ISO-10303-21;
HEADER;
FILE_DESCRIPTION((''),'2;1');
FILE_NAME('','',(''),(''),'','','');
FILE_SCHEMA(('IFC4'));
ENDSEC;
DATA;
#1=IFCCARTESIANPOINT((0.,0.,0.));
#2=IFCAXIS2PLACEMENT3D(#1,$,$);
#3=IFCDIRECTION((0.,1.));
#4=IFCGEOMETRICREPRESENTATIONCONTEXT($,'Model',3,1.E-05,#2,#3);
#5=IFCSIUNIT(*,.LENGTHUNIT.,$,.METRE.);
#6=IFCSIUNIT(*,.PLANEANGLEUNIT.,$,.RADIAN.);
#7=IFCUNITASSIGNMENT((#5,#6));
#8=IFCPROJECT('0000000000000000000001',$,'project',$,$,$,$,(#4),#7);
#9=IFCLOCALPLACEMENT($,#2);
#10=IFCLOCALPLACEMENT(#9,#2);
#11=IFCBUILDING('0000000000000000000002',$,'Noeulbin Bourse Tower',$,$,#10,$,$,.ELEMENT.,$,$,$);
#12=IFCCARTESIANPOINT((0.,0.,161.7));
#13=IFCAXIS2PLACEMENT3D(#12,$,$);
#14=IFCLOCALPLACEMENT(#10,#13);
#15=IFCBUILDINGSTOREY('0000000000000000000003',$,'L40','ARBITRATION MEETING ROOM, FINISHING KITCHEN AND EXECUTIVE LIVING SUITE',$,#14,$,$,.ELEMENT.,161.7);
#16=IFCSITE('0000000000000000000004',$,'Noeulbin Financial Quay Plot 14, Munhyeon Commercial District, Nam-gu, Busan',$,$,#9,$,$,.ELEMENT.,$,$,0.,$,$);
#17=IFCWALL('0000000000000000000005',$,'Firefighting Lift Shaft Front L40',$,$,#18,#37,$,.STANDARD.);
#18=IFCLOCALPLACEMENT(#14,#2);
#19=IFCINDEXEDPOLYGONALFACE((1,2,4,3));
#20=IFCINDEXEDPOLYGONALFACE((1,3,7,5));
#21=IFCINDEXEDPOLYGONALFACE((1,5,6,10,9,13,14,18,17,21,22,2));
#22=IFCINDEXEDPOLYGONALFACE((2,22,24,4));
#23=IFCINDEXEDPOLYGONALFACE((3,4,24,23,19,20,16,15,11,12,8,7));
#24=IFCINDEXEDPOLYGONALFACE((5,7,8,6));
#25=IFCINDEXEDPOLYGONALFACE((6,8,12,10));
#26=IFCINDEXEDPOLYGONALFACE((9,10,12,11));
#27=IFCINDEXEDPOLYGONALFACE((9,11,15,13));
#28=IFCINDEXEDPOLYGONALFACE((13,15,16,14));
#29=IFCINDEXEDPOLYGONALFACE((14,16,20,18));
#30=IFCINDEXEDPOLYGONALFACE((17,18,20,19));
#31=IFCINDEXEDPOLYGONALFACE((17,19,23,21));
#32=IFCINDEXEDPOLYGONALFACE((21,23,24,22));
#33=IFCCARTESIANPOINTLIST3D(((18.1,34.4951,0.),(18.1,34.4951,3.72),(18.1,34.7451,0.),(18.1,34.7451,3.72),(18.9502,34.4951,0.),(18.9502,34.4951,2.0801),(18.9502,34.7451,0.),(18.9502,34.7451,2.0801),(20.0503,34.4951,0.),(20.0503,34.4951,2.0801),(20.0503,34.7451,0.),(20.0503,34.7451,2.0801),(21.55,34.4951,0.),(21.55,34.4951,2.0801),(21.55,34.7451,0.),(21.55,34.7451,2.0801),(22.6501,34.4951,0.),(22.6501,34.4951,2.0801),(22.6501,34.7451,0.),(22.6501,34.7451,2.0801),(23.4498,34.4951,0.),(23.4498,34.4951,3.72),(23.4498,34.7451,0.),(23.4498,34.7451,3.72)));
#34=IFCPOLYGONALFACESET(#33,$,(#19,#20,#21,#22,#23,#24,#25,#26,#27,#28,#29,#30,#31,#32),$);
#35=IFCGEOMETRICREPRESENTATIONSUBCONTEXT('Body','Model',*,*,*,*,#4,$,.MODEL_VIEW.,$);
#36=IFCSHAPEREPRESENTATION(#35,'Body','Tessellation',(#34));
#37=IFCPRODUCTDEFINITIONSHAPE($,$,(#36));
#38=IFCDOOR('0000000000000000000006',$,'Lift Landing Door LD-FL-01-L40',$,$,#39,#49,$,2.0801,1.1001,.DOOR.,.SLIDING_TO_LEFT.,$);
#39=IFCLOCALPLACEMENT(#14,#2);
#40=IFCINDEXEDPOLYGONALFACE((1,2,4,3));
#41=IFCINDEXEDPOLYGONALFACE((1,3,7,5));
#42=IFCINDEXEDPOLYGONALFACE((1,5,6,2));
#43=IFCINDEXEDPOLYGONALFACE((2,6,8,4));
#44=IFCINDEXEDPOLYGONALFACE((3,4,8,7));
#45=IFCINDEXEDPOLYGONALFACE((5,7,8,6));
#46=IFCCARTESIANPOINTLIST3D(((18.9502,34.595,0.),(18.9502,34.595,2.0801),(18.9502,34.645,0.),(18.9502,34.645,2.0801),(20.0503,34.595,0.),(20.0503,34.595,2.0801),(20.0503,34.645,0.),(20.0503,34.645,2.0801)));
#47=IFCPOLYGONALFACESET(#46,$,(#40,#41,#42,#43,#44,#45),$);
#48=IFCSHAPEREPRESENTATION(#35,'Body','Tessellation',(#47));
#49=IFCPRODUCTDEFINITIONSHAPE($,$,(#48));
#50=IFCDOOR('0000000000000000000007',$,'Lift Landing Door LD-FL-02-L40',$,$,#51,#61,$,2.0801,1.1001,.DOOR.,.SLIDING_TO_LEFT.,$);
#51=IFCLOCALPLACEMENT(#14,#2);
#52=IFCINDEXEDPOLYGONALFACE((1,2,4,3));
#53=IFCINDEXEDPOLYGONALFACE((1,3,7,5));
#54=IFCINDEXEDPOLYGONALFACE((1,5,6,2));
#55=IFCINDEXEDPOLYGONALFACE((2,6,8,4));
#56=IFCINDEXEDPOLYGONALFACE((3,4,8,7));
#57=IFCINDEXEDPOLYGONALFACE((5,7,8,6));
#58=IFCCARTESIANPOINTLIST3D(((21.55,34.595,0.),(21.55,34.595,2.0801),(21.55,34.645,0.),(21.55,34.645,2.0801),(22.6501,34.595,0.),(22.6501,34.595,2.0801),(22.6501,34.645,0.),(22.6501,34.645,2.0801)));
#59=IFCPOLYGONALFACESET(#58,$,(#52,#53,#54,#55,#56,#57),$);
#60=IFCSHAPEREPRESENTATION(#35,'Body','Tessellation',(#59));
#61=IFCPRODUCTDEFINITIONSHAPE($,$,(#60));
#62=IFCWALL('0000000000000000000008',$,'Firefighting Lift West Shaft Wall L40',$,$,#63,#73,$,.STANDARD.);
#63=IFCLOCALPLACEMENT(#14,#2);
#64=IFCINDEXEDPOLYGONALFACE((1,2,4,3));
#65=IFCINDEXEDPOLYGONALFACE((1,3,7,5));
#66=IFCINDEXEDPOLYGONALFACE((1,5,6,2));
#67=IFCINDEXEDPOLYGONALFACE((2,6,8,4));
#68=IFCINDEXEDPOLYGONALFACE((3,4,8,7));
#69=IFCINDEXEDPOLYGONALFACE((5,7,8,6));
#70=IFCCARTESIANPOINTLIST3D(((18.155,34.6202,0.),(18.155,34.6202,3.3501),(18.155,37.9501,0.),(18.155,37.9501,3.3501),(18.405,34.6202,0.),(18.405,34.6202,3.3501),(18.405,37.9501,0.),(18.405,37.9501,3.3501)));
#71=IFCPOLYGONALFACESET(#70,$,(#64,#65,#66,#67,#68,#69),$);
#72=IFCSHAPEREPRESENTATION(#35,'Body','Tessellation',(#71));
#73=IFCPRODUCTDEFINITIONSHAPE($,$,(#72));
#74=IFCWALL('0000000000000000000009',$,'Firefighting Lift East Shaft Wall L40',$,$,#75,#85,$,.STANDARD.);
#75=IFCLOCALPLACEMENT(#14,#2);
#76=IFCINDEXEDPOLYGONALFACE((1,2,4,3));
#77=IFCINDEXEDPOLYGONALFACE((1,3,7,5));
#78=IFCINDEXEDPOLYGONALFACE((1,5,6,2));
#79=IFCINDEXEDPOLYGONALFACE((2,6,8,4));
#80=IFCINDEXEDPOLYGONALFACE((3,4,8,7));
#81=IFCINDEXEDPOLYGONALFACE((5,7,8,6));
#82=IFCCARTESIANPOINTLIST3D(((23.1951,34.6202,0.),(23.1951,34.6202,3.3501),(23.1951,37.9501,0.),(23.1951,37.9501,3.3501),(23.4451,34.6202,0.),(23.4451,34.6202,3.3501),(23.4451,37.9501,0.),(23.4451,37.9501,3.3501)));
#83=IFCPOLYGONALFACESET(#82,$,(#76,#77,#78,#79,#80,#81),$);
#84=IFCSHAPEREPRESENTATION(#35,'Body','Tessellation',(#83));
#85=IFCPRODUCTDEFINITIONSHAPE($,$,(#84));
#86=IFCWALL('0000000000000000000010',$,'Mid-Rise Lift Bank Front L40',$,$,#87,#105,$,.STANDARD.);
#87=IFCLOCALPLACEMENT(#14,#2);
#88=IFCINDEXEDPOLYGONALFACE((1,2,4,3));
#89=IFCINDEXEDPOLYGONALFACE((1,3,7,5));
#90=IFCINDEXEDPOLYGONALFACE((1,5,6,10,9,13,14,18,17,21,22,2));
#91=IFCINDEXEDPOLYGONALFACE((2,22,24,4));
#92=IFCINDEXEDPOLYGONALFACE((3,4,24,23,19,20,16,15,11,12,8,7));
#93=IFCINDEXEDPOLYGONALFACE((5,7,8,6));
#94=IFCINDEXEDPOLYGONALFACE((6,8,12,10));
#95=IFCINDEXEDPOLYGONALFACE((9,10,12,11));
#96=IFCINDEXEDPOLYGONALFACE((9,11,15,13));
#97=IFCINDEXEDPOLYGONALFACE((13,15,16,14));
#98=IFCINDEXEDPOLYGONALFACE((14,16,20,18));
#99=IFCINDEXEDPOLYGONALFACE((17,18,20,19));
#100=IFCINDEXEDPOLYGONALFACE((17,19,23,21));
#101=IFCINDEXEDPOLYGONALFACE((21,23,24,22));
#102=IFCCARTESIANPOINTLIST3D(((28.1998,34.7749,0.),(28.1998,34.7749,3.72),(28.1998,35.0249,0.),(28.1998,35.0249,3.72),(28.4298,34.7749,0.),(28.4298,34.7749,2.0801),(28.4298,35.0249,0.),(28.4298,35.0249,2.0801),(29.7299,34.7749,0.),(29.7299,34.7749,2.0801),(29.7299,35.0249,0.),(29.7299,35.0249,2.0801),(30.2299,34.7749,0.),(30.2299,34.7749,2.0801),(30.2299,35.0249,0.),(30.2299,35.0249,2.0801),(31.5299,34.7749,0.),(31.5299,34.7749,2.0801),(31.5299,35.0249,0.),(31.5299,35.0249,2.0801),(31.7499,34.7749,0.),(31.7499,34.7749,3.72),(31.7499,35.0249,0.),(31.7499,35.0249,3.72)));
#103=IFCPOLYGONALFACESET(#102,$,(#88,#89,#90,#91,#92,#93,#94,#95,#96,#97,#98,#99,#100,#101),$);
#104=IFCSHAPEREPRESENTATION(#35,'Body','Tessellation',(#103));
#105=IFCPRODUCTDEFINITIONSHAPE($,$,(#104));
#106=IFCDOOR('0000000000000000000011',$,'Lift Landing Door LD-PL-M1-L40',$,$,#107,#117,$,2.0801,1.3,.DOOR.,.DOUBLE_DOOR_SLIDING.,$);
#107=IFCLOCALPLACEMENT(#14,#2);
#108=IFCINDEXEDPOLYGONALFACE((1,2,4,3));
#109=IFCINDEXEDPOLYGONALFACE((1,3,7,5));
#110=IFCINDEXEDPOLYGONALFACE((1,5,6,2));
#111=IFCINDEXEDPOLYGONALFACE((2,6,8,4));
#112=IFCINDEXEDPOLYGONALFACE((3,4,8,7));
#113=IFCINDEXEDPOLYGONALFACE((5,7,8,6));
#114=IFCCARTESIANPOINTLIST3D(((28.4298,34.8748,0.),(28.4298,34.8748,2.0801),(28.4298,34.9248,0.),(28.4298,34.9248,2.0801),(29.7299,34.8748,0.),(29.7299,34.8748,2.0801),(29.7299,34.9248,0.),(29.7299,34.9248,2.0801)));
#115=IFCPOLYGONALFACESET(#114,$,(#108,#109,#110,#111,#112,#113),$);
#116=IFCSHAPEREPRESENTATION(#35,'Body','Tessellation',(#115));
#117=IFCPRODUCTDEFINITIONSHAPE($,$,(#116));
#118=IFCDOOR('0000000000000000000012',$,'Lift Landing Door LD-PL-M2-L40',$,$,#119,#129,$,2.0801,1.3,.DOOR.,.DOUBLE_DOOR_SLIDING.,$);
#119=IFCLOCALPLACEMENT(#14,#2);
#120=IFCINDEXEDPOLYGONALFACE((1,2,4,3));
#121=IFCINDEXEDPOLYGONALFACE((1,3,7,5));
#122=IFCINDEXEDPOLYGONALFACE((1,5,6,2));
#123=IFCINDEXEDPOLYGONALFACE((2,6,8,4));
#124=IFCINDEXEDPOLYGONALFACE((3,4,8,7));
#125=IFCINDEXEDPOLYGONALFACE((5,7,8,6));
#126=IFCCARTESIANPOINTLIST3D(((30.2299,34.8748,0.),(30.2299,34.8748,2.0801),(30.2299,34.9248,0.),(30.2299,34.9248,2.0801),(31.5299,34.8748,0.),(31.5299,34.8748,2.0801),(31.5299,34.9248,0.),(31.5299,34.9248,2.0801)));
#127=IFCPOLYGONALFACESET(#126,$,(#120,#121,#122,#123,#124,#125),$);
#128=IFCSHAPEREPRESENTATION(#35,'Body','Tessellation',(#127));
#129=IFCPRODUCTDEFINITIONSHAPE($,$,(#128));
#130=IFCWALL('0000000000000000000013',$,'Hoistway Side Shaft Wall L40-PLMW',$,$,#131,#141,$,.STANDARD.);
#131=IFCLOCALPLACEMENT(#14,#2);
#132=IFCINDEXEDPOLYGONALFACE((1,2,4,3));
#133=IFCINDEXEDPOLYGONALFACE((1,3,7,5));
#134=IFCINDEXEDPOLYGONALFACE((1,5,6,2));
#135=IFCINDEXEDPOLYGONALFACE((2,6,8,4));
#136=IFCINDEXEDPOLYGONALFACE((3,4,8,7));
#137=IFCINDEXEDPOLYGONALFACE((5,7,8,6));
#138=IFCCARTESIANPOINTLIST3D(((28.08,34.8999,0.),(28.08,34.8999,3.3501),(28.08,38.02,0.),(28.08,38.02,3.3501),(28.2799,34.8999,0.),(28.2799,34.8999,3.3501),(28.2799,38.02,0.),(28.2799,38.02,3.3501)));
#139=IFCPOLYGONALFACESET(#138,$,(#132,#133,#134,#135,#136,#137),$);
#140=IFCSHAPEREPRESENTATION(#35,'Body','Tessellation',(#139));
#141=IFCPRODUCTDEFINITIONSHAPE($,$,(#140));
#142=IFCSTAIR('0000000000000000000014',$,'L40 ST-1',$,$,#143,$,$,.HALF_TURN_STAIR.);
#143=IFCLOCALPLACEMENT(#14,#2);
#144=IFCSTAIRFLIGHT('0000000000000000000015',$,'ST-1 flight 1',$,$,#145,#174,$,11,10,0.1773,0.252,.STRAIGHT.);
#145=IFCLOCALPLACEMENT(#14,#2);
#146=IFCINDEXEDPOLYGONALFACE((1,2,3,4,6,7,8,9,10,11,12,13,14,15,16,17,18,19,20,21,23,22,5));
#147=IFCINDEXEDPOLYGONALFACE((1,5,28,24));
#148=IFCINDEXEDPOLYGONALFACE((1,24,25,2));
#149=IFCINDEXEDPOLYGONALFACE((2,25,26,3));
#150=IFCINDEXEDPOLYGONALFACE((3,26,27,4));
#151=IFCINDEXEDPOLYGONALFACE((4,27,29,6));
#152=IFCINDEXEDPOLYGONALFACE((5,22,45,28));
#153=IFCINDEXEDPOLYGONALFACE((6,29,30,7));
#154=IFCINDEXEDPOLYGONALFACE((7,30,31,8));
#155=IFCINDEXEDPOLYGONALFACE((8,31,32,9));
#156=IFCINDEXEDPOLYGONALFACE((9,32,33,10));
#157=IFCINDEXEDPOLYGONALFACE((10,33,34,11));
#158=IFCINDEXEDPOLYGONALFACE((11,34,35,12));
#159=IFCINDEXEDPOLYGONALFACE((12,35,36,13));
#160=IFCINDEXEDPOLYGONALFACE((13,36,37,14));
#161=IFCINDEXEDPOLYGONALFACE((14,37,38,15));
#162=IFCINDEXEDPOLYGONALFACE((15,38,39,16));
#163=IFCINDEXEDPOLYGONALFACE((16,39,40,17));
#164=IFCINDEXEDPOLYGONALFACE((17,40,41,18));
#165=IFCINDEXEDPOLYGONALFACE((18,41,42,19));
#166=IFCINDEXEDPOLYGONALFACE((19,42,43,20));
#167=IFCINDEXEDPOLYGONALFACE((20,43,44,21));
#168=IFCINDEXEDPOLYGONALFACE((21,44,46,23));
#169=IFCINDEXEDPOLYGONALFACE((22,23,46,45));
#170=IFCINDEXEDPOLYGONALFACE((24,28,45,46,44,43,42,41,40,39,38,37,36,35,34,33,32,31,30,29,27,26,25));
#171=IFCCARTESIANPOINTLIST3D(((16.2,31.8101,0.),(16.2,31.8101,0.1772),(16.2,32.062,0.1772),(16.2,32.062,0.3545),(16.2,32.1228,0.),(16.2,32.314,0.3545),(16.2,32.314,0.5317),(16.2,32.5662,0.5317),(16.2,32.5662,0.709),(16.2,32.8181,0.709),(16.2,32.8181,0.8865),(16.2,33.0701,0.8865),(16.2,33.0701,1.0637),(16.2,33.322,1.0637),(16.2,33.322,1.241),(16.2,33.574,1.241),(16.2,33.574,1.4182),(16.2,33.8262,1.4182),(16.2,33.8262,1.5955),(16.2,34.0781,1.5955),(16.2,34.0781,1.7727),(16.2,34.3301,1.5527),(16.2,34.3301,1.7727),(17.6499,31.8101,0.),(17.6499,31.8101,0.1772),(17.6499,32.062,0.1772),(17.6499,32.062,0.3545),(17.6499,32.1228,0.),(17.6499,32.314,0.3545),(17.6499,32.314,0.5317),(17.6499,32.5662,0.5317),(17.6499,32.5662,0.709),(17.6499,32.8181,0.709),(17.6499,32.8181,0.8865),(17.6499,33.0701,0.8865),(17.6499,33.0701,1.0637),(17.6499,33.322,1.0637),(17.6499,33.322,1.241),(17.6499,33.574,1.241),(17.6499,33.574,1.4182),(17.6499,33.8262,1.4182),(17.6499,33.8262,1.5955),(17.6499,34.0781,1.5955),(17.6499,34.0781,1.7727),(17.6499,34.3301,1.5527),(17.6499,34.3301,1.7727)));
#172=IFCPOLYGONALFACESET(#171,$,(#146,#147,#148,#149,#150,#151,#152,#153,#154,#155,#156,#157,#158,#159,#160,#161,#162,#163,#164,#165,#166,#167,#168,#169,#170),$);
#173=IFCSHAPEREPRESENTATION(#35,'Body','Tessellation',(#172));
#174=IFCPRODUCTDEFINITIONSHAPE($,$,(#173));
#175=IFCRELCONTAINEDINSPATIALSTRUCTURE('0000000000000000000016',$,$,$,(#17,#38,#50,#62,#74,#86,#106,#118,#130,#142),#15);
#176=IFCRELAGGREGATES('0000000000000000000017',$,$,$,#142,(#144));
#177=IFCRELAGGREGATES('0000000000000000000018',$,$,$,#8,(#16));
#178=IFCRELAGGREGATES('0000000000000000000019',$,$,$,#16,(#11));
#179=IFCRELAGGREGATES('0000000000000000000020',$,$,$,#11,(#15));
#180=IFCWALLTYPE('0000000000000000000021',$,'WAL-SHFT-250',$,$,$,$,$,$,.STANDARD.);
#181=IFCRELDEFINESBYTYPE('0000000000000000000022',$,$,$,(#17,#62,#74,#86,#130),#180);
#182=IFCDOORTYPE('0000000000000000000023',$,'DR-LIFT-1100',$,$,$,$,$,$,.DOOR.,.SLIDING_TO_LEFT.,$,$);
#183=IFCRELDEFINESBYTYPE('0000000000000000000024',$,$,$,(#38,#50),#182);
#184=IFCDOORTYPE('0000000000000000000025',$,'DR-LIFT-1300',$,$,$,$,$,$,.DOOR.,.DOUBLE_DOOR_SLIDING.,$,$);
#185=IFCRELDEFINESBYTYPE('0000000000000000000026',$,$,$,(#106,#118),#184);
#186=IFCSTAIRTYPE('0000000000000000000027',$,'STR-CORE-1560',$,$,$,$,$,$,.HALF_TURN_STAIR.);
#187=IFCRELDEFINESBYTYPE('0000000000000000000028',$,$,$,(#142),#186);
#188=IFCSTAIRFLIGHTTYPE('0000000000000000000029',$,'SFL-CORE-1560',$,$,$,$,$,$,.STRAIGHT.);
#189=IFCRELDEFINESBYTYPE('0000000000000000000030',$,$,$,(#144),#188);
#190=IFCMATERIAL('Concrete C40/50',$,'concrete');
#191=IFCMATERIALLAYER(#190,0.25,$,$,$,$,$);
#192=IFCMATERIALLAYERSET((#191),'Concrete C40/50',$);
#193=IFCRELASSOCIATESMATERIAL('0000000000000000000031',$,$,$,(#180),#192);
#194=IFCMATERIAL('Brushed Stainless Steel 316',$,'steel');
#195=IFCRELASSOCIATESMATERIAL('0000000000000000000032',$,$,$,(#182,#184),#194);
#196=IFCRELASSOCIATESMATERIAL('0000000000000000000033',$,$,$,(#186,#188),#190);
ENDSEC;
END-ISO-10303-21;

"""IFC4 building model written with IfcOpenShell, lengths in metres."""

from ifc_helpers import new_model, si_unit, direction, frame, frame_2d, origin, place, context, subcontext, project, spatial, polyline, rectangle, outline, extrude, material, layer, layer_set, type_object, element, fill, aggregate, save


model = new_model("IFC4")

# Units and contexts
model_context = context("Model", 3, precision=1e-05, world=origin(), true_north=direction((0.0, 1.0)))
body_context = subcontext(model_context, "Body", "Model", "MODEL_VIEW")
ifc_project = project(units=[si_unit("LENGTHUNIT", "METRE"), si_unit("PLANEANGLEUNIT", "RADIAN")], contexts=[model_context])

# Site, building, storey
site_placement = place(None, origin())
site = spatial("IfcSite", under=ifc_project, at=site_placement, Name="Noeulbin Financial Quay Plot 14, Munhyeon Commercial District, Nam-gu, Busan", CompositionType="ELEMENT", RefElevation=0.0)
building_placement = place(site_placement, origin())
building = spatial("IfcBuilding", under=site, at=building_placement, Name="Noeulbin Bourse Tower", CompositionType="ELEMENT")
storey_placement = place(building_placement, frame((0.0, 0.0, 161.7)))
storey = spatial("IfcBuildingStorey", under=building, at=storey_placement, Name="L40", Description="ARBITRATION MEETING ROOM, FINISHING KITCHEN AND EXECUTIVE LIVING SUITE", CompositionType="ELEMENT", Elevation=161.7)

# Shared definitions
ifc_material_1 = material(Name="Concrete C40/50", Category="concrete")

# Shared definitions
ifc_layer_1 = layer(ifc_material_1, 0.25)
ifc_layer_set_1 = layer_set([ifc_layer_1], Name="Concrete C40/50")
wall_type_1 = type_object("IfcWallType", Name="WAL-SHFT-250", PredefinedType="STANDARD", material=ifc_layer_set_1)

# Wall, openings, doors
wall_1_placement = place(storey_placement, frame((18.1001, 34.6201, 0.0), z_axis=(0.0, 0.0, 1.0), x_axis=(1.0, 0.0, 0.0)))
wall_1 = element("IfcWall", 1, at=wall_1_placement, inside=storey, type_object=wall_type_1, Name="Firefighting Lift Shaft Front L40", PredefinedType="STANDARD", context=body_context, shape_type="SweptSolid", body=[
    extrude(rectangle(XDim=5.3499, YDim=0.25, at=frame_2d((2.6748, 0.0))), origin(), (0.0, 0.0, 1.0), 3.72),
])
opening_1_placement = place(wall_1_placement, frame((0.8501, 0.0, 0.0)))
opening_1 = element("IfcOpeningElement", 2, at=opening_1_placement, cuts=wall_1, PredefinedType="OPENING", context=body_context, shape_type="SweptSolid", body=[
    extrude(rectangle(XDim=1.1001, YDim=2.0801, at=frame_2d((0.55, 1.04))), frame((0.0, 0.135, 0.0), z_axis=(0.0, -1.0, 0.0), x_axis=(1.0, 0.0, 0.0)), (0.0, 0.0, 1.0), 0.27),
])
opening_2_placement = place(wall_1_placement, frame((3.45, 0.0, 0.0)))
opening_2 = element("IfcOpeningElement", 3, at=opening_2_placement, cuts=wall_1, PredefinedType="OPENING", context=body_context, shape_type="SweptSolid", body=[
    extrude(rectangle(XDim=1.1001, YDim=2.0801, at=frame_2d((0.55, 1.04))), frame((0.0, 0.135, 0.0), z_axis=(0.0, -1.0, 0.0), x_axis=(1.0, 0.0, 0.0)), (0.0, 0.0, 1.0), 0.27),
])
ifc_material_2 = material(Name="Brushed Stainless Steel 316", Category="steel")
door_type_1 = type_object("IfcDoorType", Name="DR-LIFT-1100", OperationType="SLIDING_TO_LEFT", PredefinedType="DOOR", material=ifc_material_2)
door_1_placement = place(opening_1_placement, origin())
door_1 = element("IfcDoor", 4, at=door_1_placement, inside=storey, type_object=door_type_1, Name="Lift Landing Door LD-FL-01-L40", OperationType="SLIDING_TO_LEFT", OverallHeight=2.0801, OverallWidth=1.1001, PredefinedType="DOOR", context=body_context, shape_type="SweptSolid", body=[
    extrude(rectangle(XDim=1.1001, YDim=2.0801, at=frame_2d((0.55, 1.04))), frame((0.0, 0.0249, 0.0), z_axis=(0.0, -1.0, 0.0), x_axis=(1.0, 0.0, 0.0)), (0.0, 0.0, 1.0), 0.05),
])
fill(opening_1, door_1)
door_2_placement = place(opening_2_placement, origin())
door_2 = element("IfcDoor", 5, at=door_2_placement, inside=storey, type_object=door_type_1, Name="Lift Landing Door LD-FL-02-L40", OperationType="SLIDING_TO_LEFT", OverallHeight=2.0801, OverallWidth=1.1001, PredefinedType="DOOR", context=body_context, shape_type="SweptSolid", body=[
    extrude(rectangle(XDim=1.1001, YDim=2.0801, at=frame_2d((0.55, 1.04))), frame((0.0, 0.0249, 0.0), z_axis=(0.0, -1.0, 0.0), x_axis=(1.0, 0.0, 0.0)), (0.0, 0.0, 1.0), 0.05),
])
fill(opening_2, door_2)

# Walls
for number, where, z_axis, x_axis, name in (
    (6, (18.28, 34.6201, 0.0), (0.0, 0.0, 1.0), (0.0, 1.0, 0.0), "Firefighting Lift West Shaft Wall L40"),
    (7, (23.3201, 34.6201, 0.0), (0.0, 0.0, 1.0), (0.0, 1.0, 0.0), "Firefighting Lift East Shaft Wall L40"),
):
    element("IfcWall", number, at=place(storey_placement, frame(where, z_axis=z_axis, x_axis=x_axis)), inside=storey, type_object=wall_type_1, Name=name, PredefinedType="STANDARD", context=body_context, shape_type="SweptSolid", body=[
        extrude(rectangle(XDim=3.3298, YDim=0.25, at=frame_2d((1.665, 0.0))), origin(), (0.0, 0.0, 1.0), 3.3501),
    ])

# Wall, openings, doors
wall_2_placement = place(storey_placement, frame((28.2, 34.8999, 0.0), z_axis=(0.0, 0.0, 1.0), x_axis=(1.0, 0.0, 0.0)))
wall_2 = element("IfcWall", 8, at=wall_2_placement, inside=storey, type_object=wall_type_1, Name="Mid-Rise Lift Bank Front L40", PredefinedType="STANDARD", context=body_context, shape_type="SweptSolid", body=[
    extrude(rectangle(XDim=3.55, YDim=0.25, at=frame_2d((1.7749, 0.0))), origin(), (0.0, 0.0, 1.0), 3.72),
])
opening_3_placement = place(wall_2_placement, frame((0.23, 0.0, 0.0)))
opening_3 = element("IfcOpeningElement", 9, at=opening_3_placement, cuts=wall_2, PredefinedType="OPENING", context=body_context, shape_type="SweptSolid", body=[
    extrude(rectangle(XDim=1.3, YDim=2.0801, at=frame_2d((0.6499, 1.04))), frame((0.0, 0.135, 0.0), z_axis=(0.0, -1.0, 0.0), x_axis=(1.0, 0.0, 0.0)), (0.0, 0.0, 1.0), 0.27),
])
opening_4_placement = place(wall_2_placement, frame((2.03, 0.0, 0.0)))
opening_4 = element("IfcOpeningElement", 10, at=opening_4_placement, cuts=wall_2, PredefinedType="OPENING", context=body_context, shape_type="SweptSolid", body=[
    extrude(rectangle(XDim=1.3, YDim=2.0801, at=frame_2d((0.6499, 1.04))), frame((0.0, 0.135, 0.0), z_axis=(0.0, -1.0, 0.0), x_axis=(1.0, 0.0, 0.0)), (0.0, 0.0, 1.0), 0.27),
])
door_type_2 = type_object("IfcDoorType", Name="DR-LIFT-1300", OperationType="DOUBLE_DOOR_SLIDING", PredefinedType="DOOR", material=ifc_material_2)
door_3_placement = place(opening_3_placement, origin())
door_3 = element("IfcDoor", 11, at=door_3_placement, inside=storey, type_object=door_type_2, Name="Lift Landing Door LD-PL-M1-L40", OperationType="DOUBLE_DOOR_SLIDING", OverallHeight=2.0801, OverallWidth=1.3, PredefinedType="DOOR", context=body_context, shape_type="SweptSolid", body=[
    extrude(rectangle(XDim=1.3, YDim=2.0801, at=frame_2d((0.6499, 1.04))), frame((0.0, 0.0249, 0.0), z_axis=(0.0, -1.0, 0.0), x_axis=(1.0, 0.0, 0.0)), (0.0, 0.0, 1.0), 0.05),
])
fill(opening_3, door_3)
door_4_placement = place(opening_4_placement, origin())
door_4 = element("IfcDoor", 12, at=door_4_placement, inside=storey, type_object=door_type_2, Name="Lift Landing Door LD-PL-M2-L40", OperationType="DOUBLE_DOOR_SLIDING", OverallHeight=2.0801, OverallWidth=1.3, PredefinedType="DOOR", context=body_context, shape_type="SweptSolid", body=[
    extrude(rectangle(XDim=1.3, YDim=2.0801, at=frame_2d((0.6499, 1.04))), frame((0.0, 0.0249, 0.0), z_axis=(0.0, -1.0, 0.0), x_axis=(1.0, 0.0, 0.0)), (0.0, 0.0, 1.0), 0.05),
])
fill(opening_4, door_4)

# Wall
wall_3_placement = place(storey_placement, frame((28.1799, 34.8999, 0.0), z_axis=(0.0, 0.0, 1.0), x_axis=(0.0, 1.0, 0.0)))
element("IfcWall", 13, at=wall_3_placement, inside=storey, type_object=wall_type_1, Name="Hoistway Side Shaft Wall L40-PLMW", PredefinedType="STANDARD", context=body_context, shape_type="SweptSolid", body=[
    extrude(rectangle(XDim=3.1201, YDim=0.2, at=frame_2d((1.5601, 0.0))), origin(), (0.0, 0.0, 1.0), 3.3501),
])

# Stair, stair flight
stair_type = type_object("IfcStairType", Name="STR-CORE-1560", PredefinedType="HALF_TURN_STAIR", material=ifc_material_1)
stair_placement = place(storey_placement, origin())
stair = element("IfcStair", 14, at=stair_placement, inside=storey, type_object=stair_type, Name="L40 ST-1", PredefinedType="HALF_TURN_STAIR")
stair_flight_type = type_object("IfcStairFlightType", Name="SFL-CORE-1560", PredefinedType="STRAIGHT", material=ifc_material_1)
stair_flight_1_placement = place(storey_placement, frame((16.925, 31.8101, 0.0), z_axis=(0.0, 0.0, 1.0), x_axis=(0.0, 1.0, 0.0)))
stair_flight_1 = element("IfcStairFlight", 15, at=stair_flight_1_placement, type_object=stair_flight_type, Name="ST-1 flight 1", NumberOfRisers=11, NumberOfTreads=10, PredefinedType="STRAIGHT", RiserHeight=0.1773, TreadLength=0.252, context=body_context, shape_type="SweptSolid", body=[
    extrude(outline(polyline([(0.0, 0.0), (0.0, 0.1772), (0.252, 0.1772), (0.252, 0.3545), (0.5039, 0.3545), (0.5039, 0.5317), (0.7561, 0.5317), (0.7561, 0.709), (1.0081, 0.709), (1.0081, 0.8865), (1.26, 0.8865), (1.26, 1.0637), (1.512, 1.0637), (1.512, 1.241), (1.7639, 1.241), (1.7639, 1.4182), (2.0161, 1.4182), (2.0161, 1.5955), (2.2681, 1.5955), (2.2681, 1.7727), (2.52, 1.7727), (2.52, 1.95), (2.52, 1.5527), (0.3127, 0.0), (0.0, 0.0)])), frame((0.0, 0.7251, 0.0), z_axis=(0.0, -1.0, 0.0), x_axis=(1.0, 0.0, 0.0)), (0.0, 0.0, 1.0), 1.45),
])
aggregate(stair, [stair_flight_1])

save(model, "model.ifc")
